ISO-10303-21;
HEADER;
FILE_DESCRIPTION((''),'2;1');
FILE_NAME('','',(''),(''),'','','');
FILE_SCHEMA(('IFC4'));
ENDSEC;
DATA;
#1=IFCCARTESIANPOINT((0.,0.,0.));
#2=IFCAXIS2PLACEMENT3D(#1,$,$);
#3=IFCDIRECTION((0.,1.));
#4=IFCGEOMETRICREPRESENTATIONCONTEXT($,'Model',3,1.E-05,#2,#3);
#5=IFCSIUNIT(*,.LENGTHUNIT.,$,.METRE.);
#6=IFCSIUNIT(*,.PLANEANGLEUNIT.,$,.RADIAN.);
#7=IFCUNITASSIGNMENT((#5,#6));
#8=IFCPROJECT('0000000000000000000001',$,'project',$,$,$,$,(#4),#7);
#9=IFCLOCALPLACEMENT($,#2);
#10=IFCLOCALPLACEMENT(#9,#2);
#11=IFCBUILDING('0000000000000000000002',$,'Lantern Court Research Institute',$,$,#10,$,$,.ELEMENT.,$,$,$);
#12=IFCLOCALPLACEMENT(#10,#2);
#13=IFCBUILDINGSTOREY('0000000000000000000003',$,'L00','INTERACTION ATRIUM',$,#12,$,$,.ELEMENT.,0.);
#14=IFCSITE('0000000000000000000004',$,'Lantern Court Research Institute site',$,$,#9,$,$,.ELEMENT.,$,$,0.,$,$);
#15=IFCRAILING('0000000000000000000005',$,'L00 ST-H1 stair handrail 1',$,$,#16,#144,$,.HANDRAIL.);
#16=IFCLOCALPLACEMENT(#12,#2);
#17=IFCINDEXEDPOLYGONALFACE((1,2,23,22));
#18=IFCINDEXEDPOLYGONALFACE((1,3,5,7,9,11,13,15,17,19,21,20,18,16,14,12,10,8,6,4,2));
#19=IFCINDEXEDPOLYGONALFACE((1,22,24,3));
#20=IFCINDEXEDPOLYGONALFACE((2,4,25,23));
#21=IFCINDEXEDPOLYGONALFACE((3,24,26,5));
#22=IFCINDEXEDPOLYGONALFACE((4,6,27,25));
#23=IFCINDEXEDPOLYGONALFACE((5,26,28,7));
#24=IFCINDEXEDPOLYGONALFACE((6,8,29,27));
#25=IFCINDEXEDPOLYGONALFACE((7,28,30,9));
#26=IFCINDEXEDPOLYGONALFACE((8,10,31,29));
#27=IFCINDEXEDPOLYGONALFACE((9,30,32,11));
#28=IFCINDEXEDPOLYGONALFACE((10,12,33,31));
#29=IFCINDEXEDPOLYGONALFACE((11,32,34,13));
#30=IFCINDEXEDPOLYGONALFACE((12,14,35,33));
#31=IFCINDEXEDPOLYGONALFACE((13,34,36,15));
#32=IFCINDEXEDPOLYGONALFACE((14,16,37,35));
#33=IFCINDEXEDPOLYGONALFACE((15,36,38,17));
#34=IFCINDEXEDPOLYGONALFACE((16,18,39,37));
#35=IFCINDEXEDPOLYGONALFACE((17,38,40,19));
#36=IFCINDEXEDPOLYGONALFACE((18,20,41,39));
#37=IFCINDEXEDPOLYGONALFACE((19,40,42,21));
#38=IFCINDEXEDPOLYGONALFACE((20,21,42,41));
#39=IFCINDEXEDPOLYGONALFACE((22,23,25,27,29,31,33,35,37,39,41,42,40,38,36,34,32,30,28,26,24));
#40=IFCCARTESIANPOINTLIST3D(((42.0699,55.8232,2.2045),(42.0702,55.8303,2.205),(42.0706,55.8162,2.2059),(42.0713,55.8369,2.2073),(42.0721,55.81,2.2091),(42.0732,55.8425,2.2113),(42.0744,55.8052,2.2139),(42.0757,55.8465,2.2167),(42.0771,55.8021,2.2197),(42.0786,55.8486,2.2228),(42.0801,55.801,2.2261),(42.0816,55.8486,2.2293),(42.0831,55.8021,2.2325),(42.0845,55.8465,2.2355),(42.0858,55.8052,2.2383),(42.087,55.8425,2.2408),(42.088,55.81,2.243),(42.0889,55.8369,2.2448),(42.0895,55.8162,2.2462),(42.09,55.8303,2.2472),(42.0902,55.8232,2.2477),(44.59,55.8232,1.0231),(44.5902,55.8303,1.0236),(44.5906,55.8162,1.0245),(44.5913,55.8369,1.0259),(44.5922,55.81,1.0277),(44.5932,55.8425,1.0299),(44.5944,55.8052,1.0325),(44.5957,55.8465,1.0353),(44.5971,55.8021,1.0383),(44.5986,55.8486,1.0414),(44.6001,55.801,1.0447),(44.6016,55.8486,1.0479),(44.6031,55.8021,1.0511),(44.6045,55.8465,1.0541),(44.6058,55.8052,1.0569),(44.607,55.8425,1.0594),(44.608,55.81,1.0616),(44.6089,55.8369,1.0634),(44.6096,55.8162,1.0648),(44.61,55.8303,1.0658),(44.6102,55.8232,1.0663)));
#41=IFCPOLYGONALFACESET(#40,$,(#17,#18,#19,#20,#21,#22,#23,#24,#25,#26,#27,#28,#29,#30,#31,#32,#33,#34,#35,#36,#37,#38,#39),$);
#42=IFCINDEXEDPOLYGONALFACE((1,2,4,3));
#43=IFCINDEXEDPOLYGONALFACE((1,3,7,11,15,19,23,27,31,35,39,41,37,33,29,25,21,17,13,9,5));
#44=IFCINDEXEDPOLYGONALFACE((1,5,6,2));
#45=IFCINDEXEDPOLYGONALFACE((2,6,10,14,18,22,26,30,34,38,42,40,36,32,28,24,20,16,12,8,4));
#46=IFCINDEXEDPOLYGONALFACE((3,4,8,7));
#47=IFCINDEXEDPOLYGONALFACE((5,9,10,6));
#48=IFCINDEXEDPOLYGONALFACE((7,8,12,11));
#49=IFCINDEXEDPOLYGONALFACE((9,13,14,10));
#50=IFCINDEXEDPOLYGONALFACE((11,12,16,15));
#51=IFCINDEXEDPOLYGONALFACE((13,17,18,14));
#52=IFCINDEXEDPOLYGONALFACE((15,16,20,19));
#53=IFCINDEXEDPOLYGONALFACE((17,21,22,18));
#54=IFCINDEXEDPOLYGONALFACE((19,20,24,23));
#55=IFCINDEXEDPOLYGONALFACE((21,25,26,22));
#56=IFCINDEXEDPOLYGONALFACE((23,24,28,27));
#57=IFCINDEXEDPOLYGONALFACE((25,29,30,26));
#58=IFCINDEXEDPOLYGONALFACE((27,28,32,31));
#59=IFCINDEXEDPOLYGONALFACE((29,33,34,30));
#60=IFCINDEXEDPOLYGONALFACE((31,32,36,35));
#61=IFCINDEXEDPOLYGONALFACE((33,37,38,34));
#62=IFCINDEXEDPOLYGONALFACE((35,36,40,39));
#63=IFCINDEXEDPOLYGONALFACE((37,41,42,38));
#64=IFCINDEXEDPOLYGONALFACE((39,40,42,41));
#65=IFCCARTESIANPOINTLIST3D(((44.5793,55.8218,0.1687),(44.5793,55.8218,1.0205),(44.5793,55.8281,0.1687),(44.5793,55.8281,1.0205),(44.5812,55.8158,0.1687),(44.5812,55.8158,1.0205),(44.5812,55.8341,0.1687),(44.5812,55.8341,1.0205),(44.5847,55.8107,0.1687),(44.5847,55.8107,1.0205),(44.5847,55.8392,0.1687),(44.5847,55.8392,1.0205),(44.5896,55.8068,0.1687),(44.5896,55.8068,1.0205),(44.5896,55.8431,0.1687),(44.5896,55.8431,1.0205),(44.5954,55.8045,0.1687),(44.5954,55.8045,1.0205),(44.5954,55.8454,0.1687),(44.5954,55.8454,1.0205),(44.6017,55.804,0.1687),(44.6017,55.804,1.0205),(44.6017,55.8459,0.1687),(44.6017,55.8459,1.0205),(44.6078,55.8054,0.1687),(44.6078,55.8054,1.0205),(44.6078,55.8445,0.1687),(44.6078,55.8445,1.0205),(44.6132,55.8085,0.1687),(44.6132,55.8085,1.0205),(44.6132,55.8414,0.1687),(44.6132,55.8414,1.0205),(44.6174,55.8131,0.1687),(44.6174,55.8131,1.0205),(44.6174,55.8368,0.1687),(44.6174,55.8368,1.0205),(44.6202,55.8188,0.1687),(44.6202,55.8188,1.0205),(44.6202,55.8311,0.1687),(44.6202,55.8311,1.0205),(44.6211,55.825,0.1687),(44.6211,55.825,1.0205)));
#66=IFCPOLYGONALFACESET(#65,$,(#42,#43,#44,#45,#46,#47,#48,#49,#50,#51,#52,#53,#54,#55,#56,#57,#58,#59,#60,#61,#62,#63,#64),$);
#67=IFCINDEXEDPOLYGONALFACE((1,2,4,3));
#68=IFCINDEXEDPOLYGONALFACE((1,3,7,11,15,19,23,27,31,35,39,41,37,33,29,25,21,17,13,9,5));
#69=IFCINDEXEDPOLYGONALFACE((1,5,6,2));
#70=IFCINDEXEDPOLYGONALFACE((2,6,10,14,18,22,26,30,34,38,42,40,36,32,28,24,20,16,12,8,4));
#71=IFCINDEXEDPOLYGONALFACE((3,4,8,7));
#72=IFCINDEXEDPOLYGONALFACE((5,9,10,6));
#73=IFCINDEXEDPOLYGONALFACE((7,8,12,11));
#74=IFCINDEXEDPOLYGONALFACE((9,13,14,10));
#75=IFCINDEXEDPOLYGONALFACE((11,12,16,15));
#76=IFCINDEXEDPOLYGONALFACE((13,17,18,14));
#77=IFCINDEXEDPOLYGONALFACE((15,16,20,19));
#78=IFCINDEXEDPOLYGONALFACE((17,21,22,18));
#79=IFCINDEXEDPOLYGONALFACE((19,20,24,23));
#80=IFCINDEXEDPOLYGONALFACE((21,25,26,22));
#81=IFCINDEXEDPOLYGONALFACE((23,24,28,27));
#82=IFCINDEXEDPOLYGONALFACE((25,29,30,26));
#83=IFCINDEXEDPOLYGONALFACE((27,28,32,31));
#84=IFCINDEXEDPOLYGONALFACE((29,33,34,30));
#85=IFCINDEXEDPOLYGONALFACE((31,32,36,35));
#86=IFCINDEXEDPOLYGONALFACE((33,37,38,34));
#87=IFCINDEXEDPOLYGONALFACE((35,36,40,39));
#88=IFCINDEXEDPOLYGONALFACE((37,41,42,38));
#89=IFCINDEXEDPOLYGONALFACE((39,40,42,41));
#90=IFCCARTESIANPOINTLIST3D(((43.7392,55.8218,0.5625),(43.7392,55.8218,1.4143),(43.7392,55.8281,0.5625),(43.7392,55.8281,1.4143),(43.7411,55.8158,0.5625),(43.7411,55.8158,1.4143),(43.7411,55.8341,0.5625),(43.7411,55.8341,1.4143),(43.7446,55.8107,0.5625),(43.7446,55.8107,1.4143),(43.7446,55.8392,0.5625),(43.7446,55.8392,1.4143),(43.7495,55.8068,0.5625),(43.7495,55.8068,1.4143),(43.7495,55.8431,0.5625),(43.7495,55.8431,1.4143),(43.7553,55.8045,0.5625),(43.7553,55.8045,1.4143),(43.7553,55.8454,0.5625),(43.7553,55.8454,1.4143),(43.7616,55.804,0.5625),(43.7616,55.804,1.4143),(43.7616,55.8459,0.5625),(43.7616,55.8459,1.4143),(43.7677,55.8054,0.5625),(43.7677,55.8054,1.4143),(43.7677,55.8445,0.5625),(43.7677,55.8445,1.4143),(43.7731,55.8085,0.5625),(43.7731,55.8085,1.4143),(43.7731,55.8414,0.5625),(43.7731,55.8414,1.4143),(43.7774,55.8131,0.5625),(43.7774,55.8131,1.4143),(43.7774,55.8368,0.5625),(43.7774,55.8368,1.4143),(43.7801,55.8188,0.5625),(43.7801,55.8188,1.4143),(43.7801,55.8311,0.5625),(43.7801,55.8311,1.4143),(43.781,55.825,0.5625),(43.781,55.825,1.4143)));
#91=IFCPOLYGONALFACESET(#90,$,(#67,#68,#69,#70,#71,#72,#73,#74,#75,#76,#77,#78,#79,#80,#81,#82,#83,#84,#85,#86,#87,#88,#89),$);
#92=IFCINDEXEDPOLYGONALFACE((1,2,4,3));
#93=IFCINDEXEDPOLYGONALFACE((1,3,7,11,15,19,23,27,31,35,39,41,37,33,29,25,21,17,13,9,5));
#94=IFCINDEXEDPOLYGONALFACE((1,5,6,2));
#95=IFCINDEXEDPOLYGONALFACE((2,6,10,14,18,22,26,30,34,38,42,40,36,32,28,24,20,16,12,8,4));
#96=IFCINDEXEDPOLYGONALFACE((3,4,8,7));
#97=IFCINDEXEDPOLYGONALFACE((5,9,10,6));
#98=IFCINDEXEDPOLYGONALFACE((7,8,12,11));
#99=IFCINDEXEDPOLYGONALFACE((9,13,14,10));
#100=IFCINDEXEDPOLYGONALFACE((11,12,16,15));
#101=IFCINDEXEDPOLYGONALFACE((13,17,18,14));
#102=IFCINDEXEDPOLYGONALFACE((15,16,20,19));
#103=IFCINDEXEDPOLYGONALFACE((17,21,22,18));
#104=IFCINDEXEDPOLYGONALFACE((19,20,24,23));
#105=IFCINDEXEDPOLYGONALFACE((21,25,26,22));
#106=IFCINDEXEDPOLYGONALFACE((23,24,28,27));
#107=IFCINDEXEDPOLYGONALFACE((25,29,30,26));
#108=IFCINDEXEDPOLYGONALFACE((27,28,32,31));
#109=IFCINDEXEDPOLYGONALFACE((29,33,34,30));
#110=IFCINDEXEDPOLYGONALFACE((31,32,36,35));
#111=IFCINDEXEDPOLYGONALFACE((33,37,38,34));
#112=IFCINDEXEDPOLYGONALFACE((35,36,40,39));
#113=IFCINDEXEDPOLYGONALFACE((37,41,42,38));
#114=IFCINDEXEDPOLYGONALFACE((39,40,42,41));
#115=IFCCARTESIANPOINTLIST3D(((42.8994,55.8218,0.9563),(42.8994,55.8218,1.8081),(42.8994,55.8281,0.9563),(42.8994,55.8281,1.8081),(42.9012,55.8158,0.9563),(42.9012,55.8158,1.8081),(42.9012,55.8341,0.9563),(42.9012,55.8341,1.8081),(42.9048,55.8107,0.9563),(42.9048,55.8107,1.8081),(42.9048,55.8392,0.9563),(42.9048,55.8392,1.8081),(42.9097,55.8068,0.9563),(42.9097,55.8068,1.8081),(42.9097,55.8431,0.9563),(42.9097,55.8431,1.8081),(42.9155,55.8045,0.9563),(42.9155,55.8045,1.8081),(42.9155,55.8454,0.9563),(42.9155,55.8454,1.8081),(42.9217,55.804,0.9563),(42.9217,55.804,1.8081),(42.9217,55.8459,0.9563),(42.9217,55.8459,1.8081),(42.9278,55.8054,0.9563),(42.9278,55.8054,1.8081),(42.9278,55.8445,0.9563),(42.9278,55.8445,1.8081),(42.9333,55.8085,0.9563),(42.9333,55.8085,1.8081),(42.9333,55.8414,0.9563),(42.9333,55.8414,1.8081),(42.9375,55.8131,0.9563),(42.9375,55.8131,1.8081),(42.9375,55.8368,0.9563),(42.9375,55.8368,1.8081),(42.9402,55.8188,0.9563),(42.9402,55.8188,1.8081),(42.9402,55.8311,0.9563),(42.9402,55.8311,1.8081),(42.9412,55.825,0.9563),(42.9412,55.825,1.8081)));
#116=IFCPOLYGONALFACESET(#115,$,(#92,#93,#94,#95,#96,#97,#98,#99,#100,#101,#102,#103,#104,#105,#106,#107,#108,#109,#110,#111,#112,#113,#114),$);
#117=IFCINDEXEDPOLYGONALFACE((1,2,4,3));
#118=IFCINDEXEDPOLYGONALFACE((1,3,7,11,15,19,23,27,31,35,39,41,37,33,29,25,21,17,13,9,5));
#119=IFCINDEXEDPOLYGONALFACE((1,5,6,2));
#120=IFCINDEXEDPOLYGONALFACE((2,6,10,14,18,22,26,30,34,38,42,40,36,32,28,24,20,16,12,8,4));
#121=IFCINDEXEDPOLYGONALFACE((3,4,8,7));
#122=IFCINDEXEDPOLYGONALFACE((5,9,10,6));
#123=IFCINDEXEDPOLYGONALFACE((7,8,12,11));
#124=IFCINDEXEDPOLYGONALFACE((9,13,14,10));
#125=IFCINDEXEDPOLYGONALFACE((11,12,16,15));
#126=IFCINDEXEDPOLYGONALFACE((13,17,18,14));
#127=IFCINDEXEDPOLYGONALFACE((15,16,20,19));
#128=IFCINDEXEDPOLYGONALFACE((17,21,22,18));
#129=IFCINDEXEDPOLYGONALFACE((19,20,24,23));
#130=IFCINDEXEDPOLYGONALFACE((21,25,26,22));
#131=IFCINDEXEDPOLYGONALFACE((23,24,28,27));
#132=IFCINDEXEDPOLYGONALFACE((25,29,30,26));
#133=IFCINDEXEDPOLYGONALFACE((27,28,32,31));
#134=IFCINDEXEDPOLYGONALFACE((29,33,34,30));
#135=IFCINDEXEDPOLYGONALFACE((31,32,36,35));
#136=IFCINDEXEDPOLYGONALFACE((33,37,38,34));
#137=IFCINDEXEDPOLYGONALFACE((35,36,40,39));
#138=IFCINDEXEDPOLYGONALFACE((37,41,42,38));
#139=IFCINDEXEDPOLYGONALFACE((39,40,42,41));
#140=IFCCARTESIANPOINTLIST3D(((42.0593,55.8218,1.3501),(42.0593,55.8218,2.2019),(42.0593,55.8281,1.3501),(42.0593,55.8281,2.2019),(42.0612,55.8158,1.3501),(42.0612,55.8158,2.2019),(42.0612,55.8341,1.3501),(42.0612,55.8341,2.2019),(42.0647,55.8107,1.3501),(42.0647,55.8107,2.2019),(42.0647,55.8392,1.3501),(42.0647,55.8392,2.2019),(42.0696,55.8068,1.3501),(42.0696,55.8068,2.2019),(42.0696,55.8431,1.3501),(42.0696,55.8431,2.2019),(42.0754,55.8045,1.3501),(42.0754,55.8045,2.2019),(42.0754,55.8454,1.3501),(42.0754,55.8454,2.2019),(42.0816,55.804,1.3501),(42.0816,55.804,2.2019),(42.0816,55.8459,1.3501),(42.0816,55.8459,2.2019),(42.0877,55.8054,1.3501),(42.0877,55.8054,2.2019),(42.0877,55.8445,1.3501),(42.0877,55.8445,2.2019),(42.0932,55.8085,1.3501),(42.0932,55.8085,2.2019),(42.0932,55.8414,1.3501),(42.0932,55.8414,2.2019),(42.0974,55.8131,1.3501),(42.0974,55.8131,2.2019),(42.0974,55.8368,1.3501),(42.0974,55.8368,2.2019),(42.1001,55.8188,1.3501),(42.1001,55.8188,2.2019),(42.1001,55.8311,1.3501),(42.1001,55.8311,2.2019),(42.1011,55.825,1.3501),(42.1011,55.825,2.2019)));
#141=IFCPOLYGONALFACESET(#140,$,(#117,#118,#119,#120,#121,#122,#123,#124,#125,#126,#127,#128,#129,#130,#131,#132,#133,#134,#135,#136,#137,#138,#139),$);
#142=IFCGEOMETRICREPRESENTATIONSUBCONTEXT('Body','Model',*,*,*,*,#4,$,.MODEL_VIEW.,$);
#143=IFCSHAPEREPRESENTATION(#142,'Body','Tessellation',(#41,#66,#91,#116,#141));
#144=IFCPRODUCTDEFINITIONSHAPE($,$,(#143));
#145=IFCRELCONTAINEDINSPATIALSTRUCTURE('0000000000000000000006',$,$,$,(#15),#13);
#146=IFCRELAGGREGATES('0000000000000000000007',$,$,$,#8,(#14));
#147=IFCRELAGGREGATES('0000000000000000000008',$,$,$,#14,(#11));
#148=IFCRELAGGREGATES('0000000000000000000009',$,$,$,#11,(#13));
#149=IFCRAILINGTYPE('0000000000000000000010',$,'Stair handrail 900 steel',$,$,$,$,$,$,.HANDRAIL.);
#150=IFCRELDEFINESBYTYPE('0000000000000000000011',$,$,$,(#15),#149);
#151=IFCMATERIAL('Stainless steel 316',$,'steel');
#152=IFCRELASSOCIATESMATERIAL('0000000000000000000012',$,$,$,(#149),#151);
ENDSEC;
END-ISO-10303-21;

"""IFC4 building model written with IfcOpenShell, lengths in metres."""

from ifc_helpers import new_model, si_unit, direction, frame, origin, origin_2d, place, context, subcontext, project, spatial, circle, extrude, material, type_object, element, save


model = new_model("IFC4")

# Units and contexts
model_context = context("Model", 3, precision=1e-05, world=origin(), true_north=direction((0.0, 1.0)))
body_context = subcontext(model_context, "Body", "Model", "MODEL_VIEW")
ifc_project = project(units=[si_unit("LENGTHUNIT", "METRE"), si_unit("PLANEANGLEUNIT", "RADIAN")], contexts=[model_context])

# Site, building, storey
site_placement = place(None, origin())
site = spatial("IfcSite", under=ifc_project, at=site_placement, Name="Lantern Court Research Institute site", CompositionType="ELEMENT", RefElevation=0.0)
building_placement = place(site_placement, origin())
building = spatial("IfcBuilding", under=site, at=building_placement, Name="Lantern Court Research Institute", CompositionType="ELEMENT")
storey_placement = place(building_placement, origin())
storey = spatial("IfcBuildingStorey", under=building, at=storey_placement, Name="L00", Description="INTERACTION ATRIUM", CompositionType="ELEMENT", Elevation=0.0)

# Railing
ifc_material_1 = material(Name="Stainless steel 316", Category="steel")
railing_type_1 = type_object("IfcRailingType", Name="Stair handrail 900 steel", PredefinedType="HANDRAIL", material=ifc_material_1)
for number, where, name in (
    (1, (44.6001, 55.825, 0.1687), "L00 ST-H1 stair handrail 1"),
):
    element("IfcRailing", number, at=place(storey_placement, frame(where)), inside=storey, type_object=railing_type_1, Name=name, PredefinedType="HANDRAIL", context=body_context, shape_type="SweptSolid", body=[
        extrude(circle(Radius=0.0239, at=origin_2d()), frame((0.0, 0.0, 0.876), z_axis=(-0.90544, 0.0, 0.424474), x_axis=(0.0, -1.0, 0.0)), (0.0, 0.0, 1.0), 2.7832),
        extrude(circle(Radius=0.021, at=origin_2d()), origin(), (0.0, 0.0, 1.0), 0.8518),
        extrude(circle(Radius=0.021, at=origin_2d()), frame((-0.8401, 0.0, 0.3938)), (0.0, 0.0, 1.0), 0.8518),
        extrude(circle(Radius=0.021, at=origin_2d()), frame((-1.6799, 0.0, 0.7876)), (0.0, 0.0, 1.0), 0.8518),
        extrude(circle(Radius=0.021, at=origin_2d()), frame((-2.52, 0.0, 1.1814)), (0.0, 0.0, 1.0), 0.8518),
    ])

save(model, "model.ifc")
